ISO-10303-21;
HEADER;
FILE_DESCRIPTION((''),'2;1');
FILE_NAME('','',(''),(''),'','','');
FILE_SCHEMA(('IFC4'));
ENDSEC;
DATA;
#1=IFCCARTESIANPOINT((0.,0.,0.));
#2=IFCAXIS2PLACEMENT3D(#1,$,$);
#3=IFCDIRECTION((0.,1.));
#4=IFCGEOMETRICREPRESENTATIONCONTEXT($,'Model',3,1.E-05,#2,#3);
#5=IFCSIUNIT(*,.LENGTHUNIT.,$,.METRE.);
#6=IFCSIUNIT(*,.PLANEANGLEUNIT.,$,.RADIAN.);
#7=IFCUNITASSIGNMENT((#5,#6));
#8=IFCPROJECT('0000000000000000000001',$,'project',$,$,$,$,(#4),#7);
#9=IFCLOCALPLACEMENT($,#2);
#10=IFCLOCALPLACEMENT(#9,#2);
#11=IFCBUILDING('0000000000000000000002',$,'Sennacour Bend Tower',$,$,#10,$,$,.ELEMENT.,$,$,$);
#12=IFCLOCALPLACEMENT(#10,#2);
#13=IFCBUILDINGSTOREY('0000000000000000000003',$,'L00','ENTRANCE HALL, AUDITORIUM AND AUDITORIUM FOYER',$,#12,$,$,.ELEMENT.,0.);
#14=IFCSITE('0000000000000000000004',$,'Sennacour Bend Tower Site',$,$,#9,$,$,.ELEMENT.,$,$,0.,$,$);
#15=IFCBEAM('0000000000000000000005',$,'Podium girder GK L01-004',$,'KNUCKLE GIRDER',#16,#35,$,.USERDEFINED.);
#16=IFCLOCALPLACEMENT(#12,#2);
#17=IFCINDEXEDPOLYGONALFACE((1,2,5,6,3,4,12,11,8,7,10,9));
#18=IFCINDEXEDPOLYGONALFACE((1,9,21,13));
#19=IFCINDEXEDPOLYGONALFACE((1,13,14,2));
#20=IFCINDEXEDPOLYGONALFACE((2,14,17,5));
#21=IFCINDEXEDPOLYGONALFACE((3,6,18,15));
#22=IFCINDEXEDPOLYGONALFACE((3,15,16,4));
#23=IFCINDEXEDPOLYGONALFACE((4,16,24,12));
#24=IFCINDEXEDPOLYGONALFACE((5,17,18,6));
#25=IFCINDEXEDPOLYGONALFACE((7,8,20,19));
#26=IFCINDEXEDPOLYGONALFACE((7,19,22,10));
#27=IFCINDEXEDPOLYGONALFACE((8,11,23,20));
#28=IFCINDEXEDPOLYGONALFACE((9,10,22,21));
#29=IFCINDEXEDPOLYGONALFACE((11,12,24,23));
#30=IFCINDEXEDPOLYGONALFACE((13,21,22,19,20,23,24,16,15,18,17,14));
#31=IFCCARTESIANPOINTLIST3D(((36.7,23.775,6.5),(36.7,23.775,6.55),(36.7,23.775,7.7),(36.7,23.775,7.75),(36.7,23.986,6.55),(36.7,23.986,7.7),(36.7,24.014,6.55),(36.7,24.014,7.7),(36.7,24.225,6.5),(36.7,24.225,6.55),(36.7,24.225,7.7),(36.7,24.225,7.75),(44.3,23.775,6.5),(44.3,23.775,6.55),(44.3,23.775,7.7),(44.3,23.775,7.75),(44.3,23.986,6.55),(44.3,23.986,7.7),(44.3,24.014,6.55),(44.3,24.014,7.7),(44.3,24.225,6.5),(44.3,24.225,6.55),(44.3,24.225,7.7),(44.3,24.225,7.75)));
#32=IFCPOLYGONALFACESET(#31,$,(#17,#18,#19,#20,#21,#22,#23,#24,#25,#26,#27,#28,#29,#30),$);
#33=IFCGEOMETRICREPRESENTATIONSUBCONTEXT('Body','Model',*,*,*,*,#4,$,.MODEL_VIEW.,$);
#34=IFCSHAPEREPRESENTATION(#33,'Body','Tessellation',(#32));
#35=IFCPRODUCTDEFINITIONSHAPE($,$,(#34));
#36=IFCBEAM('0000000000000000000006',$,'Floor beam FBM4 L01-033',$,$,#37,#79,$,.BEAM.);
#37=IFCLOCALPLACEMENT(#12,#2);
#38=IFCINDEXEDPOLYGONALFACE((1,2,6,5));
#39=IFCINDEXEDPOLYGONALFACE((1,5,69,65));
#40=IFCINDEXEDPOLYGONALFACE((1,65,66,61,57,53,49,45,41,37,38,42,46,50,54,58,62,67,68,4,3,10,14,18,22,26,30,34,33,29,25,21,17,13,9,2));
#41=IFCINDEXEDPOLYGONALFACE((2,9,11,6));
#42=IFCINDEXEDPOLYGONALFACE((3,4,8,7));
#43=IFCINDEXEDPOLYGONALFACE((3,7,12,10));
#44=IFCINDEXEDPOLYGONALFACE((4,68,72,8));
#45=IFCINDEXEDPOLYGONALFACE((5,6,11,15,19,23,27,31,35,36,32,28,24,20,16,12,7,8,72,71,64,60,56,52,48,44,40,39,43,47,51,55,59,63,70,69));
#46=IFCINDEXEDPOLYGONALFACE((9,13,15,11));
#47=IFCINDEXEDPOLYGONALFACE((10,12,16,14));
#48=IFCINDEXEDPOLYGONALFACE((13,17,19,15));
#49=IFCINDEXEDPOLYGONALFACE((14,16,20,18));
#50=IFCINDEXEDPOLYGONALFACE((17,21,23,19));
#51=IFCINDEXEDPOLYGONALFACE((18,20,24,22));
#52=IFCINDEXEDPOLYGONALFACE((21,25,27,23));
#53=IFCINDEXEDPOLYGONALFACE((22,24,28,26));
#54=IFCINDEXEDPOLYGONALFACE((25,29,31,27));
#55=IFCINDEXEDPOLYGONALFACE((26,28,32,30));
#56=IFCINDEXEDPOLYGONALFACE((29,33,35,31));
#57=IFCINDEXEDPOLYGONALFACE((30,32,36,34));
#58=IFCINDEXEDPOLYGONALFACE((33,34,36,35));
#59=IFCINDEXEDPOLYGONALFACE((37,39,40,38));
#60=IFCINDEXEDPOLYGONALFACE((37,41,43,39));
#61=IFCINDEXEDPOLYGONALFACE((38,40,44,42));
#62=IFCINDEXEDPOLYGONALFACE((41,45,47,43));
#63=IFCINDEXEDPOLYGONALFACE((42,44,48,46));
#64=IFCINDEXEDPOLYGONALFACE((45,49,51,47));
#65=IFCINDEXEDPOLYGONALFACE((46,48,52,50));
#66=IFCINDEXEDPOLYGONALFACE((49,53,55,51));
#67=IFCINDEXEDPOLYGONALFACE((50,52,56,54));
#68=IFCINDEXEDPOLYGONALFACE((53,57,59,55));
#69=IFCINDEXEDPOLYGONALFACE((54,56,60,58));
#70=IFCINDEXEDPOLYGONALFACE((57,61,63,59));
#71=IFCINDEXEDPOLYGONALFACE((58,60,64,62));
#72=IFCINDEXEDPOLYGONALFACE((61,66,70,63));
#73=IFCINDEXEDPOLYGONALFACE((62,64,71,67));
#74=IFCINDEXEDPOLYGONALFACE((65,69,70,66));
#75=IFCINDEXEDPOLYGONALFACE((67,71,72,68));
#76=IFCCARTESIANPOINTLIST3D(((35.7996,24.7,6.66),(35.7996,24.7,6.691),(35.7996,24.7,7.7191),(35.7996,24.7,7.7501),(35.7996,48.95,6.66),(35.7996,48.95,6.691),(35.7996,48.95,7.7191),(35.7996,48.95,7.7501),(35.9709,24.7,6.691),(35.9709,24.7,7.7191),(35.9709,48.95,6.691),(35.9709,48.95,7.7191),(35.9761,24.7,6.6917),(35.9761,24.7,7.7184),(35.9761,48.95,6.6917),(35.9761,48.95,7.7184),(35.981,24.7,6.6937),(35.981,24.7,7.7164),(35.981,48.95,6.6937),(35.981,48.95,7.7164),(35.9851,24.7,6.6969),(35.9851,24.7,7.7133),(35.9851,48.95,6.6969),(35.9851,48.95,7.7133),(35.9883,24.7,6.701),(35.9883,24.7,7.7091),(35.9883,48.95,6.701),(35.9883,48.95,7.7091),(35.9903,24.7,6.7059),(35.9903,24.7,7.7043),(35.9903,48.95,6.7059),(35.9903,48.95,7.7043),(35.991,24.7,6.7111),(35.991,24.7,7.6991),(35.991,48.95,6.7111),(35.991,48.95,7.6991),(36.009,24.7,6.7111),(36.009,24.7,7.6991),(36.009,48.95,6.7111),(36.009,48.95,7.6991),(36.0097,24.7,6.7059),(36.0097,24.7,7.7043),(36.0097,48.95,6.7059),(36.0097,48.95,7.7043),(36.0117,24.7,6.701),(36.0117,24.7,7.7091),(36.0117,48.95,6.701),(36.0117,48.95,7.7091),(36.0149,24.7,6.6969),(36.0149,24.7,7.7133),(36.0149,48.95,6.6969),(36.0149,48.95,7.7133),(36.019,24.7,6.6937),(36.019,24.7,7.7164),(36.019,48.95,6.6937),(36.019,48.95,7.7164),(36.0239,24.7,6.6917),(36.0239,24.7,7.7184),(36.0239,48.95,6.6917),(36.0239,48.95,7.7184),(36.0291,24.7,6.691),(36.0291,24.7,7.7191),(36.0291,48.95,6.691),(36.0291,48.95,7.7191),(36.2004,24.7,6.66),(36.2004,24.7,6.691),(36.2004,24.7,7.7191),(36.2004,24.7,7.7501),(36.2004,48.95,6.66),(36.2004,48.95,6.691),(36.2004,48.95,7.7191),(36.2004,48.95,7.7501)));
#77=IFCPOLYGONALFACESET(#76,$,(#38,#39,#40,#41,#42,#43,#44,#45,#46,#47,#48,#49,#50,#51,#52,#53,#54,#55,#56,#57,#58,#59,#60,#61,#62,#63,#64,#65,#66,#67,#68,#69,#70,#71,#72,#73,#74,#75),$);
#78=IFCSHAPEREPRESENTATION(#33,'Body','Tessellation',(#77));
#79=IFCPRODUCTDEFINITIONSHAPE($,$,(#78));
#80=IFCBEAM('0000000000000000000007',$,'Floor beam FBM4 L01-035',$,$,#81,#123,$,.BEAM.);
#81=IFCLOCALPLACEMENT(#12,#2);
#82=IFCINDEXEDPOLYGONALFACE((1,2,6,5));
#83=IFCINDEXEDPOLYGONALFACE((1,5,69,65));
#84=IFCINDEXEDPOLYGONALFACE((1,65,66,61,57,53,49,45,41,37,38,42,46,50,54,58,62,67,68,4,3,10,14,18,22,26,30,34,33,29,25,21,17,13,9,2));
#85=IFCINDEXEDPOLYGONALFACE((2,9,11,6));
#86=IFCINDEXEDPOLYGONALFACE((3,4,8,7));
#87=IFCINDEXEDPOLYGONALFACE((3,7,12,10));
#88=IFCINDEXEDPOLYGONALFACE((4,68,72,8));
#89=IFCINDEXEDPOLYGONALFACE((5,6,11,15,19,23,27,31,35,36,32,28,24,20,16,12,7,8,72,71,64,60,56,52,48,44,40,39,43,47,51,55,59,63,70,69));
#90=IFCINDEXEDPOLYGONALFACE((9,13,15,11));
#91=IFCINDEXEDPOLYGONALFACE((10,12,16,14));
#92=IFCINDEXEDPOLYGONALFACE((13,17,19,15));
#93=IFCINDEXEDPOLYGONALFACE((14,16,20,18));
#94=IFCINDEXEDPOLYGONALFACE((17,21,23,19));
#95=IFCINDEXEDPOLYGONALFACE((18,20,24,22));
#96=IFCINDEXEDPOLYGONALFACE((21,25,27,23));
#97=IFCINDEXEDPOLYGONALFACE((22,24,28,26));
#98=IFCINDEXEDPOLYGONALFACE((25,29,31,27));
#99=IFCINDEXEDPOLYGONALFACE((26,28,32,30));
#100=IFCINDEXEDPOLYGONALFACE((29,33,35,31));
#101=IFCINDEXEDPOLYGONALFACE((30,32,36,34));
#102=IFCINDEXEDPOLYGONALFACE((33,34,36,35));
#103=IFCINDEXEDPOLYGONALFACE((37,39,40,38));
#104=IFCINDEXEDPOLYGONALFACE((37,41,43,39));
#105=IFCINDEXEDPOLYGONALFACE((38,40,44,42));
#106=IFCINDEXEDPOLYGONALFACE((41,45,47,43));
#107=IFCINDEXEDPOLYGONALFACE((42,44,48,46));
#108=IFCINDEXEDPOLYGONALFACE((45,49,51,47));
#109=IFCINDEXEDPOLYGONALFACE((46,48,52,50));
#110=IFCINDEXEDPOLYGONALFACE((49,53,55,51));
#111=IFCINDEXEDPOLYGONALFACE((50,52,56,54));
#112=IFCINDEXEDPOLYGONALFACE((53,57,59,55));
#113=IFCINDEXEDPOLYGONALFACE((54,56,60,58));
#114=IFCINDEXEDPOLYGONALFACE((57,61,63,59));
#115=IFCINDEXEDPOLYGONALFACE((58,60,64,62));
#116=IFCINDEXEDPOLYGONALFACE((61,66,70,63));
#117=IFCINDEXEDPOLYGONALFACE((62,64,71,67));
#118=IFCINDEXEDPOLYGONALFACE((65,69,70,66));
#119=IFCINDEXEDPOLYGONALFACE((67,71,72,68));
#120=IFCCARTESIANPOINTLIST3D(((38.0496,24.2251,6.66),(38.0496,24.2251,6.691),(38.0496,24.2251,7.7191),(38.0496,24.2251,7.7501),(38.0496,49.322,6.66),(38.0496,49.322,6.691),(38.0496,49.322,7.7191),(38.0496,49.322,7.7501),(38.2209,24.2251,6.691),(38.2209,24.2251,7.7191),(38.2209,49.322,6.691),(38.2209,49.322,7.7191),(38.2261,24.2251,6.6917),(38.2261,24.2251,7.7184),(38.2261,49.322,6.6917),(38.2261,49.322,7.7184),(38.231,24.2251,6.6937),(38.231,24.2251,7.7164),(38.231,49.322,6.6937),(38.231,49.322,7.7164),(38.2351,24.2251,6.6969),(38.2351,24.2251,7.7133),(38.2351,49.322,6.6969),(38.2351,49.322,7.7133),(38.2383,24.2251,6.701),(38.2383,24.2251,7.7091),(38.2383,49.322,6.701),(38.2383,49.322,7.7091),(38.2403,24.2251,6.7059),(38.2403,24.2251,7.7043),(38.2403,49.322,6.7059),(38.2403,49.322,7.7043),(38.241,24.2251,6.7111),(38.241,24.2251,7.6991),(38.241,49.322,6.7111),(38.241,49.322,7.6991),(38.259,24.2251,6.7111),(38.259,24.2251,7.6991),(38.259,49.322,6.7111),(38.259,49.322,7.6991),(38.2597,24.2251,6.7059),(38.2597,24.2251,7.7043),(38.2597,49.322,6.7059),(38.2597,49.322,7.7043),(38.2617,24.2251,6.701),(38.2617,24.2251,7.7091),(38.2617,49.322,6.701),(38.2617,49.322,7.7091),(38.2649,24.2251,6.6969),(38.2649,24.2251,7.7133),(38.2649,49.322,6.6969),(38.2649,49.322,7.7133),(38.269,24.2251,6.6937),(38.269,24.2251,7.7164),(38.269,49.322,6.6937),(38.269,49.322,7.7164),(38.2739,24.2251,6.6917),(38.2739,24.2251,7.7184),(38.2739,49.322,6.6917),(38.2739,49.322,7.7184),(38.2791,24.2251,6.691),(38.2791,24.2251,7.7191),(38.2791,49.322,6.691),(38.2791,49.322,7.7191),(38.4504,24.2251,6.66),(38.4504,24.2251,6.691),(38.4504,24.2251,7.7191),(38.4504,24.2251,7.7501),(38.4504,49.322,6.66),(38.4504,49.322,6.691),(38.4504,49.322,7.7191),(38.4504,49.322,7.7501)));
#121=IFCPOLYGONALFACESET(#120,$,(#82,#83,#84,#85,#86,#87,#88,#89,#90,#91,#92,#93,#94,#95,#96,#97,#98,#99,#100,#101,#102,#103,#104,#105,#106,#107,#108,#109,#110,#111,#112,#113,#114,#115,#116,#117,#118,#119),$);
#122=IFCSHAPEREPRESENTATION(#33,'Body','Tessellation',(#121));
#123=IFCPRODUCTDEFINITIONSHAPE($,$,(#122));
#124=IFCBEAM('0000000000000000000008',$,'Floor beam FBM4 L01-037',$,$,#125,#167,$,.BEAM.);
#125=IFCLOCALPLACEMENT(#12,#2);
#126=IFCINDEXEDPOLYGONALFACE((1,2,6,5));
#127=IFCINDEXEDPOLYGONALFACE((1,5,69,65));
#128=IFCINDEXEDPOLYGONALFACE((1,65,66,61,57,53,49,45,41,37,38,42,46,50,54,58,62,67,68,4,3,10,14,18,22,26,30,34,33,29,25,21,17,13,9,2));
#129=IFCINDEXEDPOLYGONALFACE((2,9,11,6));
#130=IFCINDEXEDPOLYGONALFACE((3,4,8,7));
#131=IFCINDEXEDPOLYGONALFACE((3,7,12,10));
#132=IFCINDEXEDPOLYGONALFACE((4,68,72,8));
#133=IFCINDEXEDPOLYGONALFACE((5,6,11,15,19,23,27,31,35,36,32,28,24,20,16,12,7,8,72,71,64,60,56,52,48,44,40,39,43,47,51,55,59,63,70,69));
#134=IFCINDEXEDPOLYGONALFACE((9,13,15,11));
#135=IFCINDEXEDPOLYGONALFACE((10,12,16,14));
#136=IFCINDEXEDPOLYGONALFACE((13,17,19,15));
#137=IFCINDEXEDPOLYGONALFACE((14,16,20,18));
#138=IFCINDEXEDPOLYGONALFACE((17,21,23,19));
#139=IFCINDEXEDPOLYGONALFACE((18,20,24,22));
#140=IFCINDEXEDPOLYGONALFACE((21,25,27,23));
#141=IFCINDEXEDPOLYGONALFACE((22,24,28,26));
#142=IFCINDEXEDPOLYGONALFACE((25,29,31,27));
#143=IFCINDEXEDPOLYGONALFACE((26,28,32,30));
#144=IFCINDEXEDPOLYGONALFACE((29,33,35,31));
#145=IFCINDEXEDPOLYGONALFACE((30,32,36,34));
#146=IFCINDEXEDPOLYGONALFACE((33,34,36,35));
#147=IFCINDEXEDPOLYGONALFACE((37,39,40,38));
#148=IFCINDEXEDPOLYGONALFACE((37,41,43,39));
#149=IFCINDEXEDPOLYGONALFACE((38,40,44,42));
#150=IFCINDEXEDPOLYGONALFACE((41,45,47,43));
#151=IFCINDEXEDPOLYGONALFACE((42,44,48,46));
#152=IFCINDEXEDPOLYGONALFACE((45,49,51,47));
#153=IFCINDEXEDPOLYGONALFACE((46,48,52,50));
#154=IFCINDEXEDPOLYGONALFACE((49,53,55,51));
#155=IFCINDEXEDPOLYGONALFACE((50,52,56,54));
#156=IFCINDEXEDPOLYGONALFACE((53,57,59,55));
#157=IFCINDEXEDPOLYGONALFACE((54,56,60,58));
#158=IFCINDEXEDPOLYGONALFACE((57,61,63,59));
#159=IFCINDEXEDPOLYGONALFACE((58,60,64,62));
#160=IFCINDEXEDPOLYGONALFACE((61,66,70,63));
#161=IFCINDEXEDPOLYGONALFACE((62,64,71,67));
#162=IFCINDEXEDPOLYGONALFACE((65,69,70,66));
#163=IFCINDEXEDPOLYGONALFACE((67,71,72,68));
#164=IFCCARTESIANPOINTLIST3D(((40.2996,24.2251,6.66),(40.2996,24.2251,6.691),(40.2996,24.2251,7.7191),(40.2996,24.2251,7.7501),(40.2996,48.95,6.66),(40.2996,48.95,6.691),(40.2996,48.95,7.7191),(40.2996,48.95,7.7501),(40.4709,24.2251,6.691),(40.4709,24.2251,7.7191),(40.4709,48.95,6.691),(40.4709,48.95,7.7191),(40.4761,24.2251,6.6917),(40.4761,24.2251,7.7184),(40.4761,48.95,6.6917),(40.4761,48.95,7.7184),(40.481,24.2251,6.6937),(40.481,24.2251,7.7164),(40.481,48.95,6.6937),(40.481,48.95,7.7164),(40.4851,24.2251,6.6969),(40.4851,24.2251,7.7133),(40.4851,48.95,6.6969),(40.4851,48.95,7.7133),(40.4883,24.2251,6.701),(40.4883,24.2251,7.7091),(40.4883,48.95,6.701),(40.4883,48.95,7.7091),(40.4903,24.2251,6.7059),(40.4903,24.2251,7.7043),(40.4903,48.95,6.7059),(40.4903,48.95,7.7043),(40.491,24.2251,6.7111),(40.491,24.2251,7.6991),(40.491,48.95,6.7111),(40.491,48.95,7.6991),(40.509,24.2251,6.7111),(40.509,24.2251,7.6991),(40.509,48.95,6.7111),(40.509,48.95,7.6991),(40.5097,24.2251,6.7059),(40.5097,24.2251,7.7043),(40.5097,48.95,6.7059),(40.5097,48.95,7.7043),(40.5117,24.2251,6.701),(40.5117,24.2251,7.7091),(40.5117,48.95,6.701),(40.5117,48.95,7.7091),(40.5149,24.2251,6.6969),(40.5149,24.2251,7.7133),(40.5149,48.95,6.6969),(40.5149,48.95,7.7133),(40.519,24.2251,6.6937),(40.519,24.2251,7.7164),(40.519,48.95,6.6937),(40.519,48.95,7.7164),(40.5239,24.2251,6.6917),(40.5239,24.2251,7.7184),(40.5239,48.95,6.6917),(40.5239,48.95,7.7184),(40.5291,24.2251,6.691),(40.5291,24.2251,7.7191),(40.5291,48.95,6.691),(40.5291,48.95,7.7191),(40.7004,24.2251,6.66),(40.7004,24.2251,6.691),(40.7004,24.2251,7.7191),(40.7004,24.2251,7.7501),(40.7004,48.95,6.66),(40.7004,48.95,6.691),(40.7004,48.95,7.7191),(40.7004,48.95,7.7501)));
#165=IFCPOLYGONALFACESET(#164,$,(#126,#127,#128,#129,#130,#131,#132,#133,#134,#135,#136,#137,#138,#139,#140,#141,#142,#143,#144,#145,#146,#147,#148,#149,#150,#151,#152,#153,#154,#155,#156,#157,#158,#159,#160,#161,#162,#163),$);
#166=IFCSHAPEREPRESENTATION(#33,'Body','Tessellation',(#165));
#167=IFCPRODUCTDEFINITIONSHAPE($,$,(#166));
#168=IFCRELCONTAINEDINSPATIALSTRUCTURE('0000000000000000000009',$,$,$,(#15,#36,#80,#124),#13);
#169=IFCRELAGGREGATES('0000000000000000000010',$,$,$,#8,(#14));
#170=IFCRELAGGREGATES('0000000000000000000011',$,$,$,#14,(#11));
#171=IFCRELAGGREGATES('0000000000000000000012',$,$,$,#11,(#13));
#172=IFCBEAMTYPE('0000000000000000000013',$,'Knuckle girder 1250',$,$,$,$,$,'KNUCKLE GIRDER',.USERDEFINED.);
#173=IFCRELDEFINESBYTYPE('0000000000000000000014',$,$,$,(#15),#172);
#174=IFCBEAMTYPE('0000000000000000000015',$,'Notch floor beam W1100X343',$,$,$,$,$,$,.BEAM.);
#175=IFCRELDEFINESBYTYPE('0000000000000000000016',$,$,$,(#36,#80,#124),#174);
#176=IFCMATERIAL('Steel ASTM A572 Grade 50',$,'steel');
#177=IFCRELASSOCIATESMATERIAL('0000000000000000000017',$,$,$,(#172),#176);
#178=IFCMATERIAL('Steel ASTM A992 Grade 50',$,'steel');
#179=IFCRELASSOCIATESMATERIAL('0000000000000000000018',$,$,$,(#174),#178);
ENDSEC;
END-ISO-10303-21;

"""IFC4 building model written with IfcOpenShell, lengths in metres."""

from ifc_helpers import new_model, si_unit, direction, frame, origin, origin_2d, place, context, subcontext, project, spatial, i_section, extrude, material, material_profile, profile_set, type_object, element, save


model = new_model("IFC4")

# Units and contexts
model_context = context("Model", 3, precision=1e-05, world=origin(), true_north=direction((0.0, 1.0)))
body_context = subcontext(model_context, "Body", "Model", "MODEL_VIEW")
ifc_project = project(units=[si_unit("LENGTHUNIT", "METRE"), si_unit("PLANEANGLEUNIT", "RADIAN")], contexts=[model_context])

# Site, building, storey
site_placement = place(None, origin())
site = spatial("IfcSite", under=ifc_project, at=site_placement, Name="Sennacour Bend Tower Site", CompositionType="ELEMENT", RefElevation=0.0)
building_placement = place(site_placement, origin())
building = spatial("IfcBuilding", under=site, at=building_placement, Name="Sennacour Bend Tower", CompositionType="ELEMENT")
storey_placement = place(building_placement, origin())
storey = spatial("IfcBuildingStorey", under=building, at=storey_placement, Name="L00", Description="ENTRANCE HALL, AUDITORIUM AND AUDITORIUM FOYER", CompositionType="ELEMENT", Elevation=0.0)

# Shared definitions
ifc_material_1 = material(Name="Steel ASTM A572 Grade 50", Category="steel")

# Beams
ifc_material_profile_1 = material_profile(ifc_material_1, i_section(OverallWidth=0.45, OverallDepth=1.25, WebThickness=0.0281, FlangeThickness=0.05, at=origin_2d()), Name="Steel ASTM A572 Grade 50", Category="steel")
ifc_profile_set_1 = profile_set([ifc_material_profile_1], Name="Steel ASTM A572 Grade 50")
beam_type_1 = type_object("IfcBeamType", Name="Knuckle girder 1250", ElementType="KNUCKLE GIRDER", PredefinedType="USERDEFINED", material=ifc_profile_set_1)
beam_1_placement = place(storey_placement, frame((44.3, 24.0, 7.125), z_axis=(-1.0, 0.0, 0.0), x_axis=(0.0, -1.0, 0.0)))
element("IfcBeam", 1, at=beam_1_placement, inside=storey, type_object=beam_type_1, Name="Podium girder GK L01-004", ObjectType="KNUCKLE GIRDER", PredefinedType="USERDEFINED", context=body_context, shape_type="SweptSolid", body=[
    extrude(i_section(OverallWidth=0.45, OverallDepth=1.25, WebThickness=0.0281, FlangeThickness=0.05, at=origin_2d()), origin(), (0.0, 0.0, 1.0), 7.6001),
])
ifc_material_2 = material(Name="Steel ASTM A992 Grade 50", Category="steel")
ifc_material_profile_2 = material_profile(ifc_material_2, i_section(OverallWidth=0.4009, OverallDepth=1.0901, WebThickness=0.0181, FlangeThickness=0.031, FilletRadius=0.02, at=origin_2d()), Name="Steel ASTM A992 Grade 50", Category="steel")
ifc_profile_set_2 = profile_set([ifc_material_profile_2], Name="Steel ASTM A992 Grade 50")
beam_type_2 = type_object("IfcBeamType", Name="Notch floor beam W1100X343", PredefinedType="BEAM", material=ifc_profile_set_2)
beam_2_placement = place(storey_placement, frame((36.0, 24.7, 7.2051), z_axis=(0.0, 1.0, 0.0), x_axis=(-1.0, 0.0, 0.0)))
element("IfcBeam", 2, at=beam_2_placement, inside=storey, type_object=beam_type_2, Name="Floor beam FBM4 L01-033", PredefinedType="BEAM", context=body_context, shape_type="SweptSolid", body=[
    extrude(i_section(OverallWidth=0.4009, OverallDepth=1.0901, WebThickness=0.0181, FlangeThickness=0.031, FilletRadius=0.02, at=origin_2d()), origin(), (0.0, 0.0, 1.0), 24.25),
])
beam_3_placement = place(storey_placement, frame((38.25, 24.2251, 7.2051), z_axis=(0.0, 1.0, 0.0), x_axis=(-1.0, 0.0, 0.0)))
element("IfcBeam", 3, at=beam_3_placement, inside=storey, type_object=beam_type_2, Name="Floor beam FBM4 L01-035", PredefinedType="BEAM", context=body_context, shape_type="SweptSolid", body=[
    extrude(i_section(OverallWidth=0.4009, OverallDepth=1.0901, WebThickness=0.0181, FlangeThickness=0.031, FilletRadius=0.02, at=origin_2d()), origin(), (0.0, 0.0, 1.0), 25.0969),
])
beam_4_placement = place(storey_placement, frame((40.5, 24.2251, 7.2051), z_axis=(0.0, 1.0, 0.0), x_axis=(-1.0, 0.0, 0.0)))
element("IfcBeam", 4, at=beam_4_placement, inside=storey, type_object=beam_type_2, Name="Floor beam FBM4 L01-037", PredefinedType="BEAM", context=body_context, shape_type="SweptSolid", body=[
    extrude(i_section(OverallWidth=0.4009, OverallDepth=1.0901, WebThickness=0.0181, FlangeThickness=0.031, FilletRadius=0.02, at=origin_2d()), origin(), (0.0, 0.0, 1.0), 24.7249),
])

save(model, "model.ifc")
